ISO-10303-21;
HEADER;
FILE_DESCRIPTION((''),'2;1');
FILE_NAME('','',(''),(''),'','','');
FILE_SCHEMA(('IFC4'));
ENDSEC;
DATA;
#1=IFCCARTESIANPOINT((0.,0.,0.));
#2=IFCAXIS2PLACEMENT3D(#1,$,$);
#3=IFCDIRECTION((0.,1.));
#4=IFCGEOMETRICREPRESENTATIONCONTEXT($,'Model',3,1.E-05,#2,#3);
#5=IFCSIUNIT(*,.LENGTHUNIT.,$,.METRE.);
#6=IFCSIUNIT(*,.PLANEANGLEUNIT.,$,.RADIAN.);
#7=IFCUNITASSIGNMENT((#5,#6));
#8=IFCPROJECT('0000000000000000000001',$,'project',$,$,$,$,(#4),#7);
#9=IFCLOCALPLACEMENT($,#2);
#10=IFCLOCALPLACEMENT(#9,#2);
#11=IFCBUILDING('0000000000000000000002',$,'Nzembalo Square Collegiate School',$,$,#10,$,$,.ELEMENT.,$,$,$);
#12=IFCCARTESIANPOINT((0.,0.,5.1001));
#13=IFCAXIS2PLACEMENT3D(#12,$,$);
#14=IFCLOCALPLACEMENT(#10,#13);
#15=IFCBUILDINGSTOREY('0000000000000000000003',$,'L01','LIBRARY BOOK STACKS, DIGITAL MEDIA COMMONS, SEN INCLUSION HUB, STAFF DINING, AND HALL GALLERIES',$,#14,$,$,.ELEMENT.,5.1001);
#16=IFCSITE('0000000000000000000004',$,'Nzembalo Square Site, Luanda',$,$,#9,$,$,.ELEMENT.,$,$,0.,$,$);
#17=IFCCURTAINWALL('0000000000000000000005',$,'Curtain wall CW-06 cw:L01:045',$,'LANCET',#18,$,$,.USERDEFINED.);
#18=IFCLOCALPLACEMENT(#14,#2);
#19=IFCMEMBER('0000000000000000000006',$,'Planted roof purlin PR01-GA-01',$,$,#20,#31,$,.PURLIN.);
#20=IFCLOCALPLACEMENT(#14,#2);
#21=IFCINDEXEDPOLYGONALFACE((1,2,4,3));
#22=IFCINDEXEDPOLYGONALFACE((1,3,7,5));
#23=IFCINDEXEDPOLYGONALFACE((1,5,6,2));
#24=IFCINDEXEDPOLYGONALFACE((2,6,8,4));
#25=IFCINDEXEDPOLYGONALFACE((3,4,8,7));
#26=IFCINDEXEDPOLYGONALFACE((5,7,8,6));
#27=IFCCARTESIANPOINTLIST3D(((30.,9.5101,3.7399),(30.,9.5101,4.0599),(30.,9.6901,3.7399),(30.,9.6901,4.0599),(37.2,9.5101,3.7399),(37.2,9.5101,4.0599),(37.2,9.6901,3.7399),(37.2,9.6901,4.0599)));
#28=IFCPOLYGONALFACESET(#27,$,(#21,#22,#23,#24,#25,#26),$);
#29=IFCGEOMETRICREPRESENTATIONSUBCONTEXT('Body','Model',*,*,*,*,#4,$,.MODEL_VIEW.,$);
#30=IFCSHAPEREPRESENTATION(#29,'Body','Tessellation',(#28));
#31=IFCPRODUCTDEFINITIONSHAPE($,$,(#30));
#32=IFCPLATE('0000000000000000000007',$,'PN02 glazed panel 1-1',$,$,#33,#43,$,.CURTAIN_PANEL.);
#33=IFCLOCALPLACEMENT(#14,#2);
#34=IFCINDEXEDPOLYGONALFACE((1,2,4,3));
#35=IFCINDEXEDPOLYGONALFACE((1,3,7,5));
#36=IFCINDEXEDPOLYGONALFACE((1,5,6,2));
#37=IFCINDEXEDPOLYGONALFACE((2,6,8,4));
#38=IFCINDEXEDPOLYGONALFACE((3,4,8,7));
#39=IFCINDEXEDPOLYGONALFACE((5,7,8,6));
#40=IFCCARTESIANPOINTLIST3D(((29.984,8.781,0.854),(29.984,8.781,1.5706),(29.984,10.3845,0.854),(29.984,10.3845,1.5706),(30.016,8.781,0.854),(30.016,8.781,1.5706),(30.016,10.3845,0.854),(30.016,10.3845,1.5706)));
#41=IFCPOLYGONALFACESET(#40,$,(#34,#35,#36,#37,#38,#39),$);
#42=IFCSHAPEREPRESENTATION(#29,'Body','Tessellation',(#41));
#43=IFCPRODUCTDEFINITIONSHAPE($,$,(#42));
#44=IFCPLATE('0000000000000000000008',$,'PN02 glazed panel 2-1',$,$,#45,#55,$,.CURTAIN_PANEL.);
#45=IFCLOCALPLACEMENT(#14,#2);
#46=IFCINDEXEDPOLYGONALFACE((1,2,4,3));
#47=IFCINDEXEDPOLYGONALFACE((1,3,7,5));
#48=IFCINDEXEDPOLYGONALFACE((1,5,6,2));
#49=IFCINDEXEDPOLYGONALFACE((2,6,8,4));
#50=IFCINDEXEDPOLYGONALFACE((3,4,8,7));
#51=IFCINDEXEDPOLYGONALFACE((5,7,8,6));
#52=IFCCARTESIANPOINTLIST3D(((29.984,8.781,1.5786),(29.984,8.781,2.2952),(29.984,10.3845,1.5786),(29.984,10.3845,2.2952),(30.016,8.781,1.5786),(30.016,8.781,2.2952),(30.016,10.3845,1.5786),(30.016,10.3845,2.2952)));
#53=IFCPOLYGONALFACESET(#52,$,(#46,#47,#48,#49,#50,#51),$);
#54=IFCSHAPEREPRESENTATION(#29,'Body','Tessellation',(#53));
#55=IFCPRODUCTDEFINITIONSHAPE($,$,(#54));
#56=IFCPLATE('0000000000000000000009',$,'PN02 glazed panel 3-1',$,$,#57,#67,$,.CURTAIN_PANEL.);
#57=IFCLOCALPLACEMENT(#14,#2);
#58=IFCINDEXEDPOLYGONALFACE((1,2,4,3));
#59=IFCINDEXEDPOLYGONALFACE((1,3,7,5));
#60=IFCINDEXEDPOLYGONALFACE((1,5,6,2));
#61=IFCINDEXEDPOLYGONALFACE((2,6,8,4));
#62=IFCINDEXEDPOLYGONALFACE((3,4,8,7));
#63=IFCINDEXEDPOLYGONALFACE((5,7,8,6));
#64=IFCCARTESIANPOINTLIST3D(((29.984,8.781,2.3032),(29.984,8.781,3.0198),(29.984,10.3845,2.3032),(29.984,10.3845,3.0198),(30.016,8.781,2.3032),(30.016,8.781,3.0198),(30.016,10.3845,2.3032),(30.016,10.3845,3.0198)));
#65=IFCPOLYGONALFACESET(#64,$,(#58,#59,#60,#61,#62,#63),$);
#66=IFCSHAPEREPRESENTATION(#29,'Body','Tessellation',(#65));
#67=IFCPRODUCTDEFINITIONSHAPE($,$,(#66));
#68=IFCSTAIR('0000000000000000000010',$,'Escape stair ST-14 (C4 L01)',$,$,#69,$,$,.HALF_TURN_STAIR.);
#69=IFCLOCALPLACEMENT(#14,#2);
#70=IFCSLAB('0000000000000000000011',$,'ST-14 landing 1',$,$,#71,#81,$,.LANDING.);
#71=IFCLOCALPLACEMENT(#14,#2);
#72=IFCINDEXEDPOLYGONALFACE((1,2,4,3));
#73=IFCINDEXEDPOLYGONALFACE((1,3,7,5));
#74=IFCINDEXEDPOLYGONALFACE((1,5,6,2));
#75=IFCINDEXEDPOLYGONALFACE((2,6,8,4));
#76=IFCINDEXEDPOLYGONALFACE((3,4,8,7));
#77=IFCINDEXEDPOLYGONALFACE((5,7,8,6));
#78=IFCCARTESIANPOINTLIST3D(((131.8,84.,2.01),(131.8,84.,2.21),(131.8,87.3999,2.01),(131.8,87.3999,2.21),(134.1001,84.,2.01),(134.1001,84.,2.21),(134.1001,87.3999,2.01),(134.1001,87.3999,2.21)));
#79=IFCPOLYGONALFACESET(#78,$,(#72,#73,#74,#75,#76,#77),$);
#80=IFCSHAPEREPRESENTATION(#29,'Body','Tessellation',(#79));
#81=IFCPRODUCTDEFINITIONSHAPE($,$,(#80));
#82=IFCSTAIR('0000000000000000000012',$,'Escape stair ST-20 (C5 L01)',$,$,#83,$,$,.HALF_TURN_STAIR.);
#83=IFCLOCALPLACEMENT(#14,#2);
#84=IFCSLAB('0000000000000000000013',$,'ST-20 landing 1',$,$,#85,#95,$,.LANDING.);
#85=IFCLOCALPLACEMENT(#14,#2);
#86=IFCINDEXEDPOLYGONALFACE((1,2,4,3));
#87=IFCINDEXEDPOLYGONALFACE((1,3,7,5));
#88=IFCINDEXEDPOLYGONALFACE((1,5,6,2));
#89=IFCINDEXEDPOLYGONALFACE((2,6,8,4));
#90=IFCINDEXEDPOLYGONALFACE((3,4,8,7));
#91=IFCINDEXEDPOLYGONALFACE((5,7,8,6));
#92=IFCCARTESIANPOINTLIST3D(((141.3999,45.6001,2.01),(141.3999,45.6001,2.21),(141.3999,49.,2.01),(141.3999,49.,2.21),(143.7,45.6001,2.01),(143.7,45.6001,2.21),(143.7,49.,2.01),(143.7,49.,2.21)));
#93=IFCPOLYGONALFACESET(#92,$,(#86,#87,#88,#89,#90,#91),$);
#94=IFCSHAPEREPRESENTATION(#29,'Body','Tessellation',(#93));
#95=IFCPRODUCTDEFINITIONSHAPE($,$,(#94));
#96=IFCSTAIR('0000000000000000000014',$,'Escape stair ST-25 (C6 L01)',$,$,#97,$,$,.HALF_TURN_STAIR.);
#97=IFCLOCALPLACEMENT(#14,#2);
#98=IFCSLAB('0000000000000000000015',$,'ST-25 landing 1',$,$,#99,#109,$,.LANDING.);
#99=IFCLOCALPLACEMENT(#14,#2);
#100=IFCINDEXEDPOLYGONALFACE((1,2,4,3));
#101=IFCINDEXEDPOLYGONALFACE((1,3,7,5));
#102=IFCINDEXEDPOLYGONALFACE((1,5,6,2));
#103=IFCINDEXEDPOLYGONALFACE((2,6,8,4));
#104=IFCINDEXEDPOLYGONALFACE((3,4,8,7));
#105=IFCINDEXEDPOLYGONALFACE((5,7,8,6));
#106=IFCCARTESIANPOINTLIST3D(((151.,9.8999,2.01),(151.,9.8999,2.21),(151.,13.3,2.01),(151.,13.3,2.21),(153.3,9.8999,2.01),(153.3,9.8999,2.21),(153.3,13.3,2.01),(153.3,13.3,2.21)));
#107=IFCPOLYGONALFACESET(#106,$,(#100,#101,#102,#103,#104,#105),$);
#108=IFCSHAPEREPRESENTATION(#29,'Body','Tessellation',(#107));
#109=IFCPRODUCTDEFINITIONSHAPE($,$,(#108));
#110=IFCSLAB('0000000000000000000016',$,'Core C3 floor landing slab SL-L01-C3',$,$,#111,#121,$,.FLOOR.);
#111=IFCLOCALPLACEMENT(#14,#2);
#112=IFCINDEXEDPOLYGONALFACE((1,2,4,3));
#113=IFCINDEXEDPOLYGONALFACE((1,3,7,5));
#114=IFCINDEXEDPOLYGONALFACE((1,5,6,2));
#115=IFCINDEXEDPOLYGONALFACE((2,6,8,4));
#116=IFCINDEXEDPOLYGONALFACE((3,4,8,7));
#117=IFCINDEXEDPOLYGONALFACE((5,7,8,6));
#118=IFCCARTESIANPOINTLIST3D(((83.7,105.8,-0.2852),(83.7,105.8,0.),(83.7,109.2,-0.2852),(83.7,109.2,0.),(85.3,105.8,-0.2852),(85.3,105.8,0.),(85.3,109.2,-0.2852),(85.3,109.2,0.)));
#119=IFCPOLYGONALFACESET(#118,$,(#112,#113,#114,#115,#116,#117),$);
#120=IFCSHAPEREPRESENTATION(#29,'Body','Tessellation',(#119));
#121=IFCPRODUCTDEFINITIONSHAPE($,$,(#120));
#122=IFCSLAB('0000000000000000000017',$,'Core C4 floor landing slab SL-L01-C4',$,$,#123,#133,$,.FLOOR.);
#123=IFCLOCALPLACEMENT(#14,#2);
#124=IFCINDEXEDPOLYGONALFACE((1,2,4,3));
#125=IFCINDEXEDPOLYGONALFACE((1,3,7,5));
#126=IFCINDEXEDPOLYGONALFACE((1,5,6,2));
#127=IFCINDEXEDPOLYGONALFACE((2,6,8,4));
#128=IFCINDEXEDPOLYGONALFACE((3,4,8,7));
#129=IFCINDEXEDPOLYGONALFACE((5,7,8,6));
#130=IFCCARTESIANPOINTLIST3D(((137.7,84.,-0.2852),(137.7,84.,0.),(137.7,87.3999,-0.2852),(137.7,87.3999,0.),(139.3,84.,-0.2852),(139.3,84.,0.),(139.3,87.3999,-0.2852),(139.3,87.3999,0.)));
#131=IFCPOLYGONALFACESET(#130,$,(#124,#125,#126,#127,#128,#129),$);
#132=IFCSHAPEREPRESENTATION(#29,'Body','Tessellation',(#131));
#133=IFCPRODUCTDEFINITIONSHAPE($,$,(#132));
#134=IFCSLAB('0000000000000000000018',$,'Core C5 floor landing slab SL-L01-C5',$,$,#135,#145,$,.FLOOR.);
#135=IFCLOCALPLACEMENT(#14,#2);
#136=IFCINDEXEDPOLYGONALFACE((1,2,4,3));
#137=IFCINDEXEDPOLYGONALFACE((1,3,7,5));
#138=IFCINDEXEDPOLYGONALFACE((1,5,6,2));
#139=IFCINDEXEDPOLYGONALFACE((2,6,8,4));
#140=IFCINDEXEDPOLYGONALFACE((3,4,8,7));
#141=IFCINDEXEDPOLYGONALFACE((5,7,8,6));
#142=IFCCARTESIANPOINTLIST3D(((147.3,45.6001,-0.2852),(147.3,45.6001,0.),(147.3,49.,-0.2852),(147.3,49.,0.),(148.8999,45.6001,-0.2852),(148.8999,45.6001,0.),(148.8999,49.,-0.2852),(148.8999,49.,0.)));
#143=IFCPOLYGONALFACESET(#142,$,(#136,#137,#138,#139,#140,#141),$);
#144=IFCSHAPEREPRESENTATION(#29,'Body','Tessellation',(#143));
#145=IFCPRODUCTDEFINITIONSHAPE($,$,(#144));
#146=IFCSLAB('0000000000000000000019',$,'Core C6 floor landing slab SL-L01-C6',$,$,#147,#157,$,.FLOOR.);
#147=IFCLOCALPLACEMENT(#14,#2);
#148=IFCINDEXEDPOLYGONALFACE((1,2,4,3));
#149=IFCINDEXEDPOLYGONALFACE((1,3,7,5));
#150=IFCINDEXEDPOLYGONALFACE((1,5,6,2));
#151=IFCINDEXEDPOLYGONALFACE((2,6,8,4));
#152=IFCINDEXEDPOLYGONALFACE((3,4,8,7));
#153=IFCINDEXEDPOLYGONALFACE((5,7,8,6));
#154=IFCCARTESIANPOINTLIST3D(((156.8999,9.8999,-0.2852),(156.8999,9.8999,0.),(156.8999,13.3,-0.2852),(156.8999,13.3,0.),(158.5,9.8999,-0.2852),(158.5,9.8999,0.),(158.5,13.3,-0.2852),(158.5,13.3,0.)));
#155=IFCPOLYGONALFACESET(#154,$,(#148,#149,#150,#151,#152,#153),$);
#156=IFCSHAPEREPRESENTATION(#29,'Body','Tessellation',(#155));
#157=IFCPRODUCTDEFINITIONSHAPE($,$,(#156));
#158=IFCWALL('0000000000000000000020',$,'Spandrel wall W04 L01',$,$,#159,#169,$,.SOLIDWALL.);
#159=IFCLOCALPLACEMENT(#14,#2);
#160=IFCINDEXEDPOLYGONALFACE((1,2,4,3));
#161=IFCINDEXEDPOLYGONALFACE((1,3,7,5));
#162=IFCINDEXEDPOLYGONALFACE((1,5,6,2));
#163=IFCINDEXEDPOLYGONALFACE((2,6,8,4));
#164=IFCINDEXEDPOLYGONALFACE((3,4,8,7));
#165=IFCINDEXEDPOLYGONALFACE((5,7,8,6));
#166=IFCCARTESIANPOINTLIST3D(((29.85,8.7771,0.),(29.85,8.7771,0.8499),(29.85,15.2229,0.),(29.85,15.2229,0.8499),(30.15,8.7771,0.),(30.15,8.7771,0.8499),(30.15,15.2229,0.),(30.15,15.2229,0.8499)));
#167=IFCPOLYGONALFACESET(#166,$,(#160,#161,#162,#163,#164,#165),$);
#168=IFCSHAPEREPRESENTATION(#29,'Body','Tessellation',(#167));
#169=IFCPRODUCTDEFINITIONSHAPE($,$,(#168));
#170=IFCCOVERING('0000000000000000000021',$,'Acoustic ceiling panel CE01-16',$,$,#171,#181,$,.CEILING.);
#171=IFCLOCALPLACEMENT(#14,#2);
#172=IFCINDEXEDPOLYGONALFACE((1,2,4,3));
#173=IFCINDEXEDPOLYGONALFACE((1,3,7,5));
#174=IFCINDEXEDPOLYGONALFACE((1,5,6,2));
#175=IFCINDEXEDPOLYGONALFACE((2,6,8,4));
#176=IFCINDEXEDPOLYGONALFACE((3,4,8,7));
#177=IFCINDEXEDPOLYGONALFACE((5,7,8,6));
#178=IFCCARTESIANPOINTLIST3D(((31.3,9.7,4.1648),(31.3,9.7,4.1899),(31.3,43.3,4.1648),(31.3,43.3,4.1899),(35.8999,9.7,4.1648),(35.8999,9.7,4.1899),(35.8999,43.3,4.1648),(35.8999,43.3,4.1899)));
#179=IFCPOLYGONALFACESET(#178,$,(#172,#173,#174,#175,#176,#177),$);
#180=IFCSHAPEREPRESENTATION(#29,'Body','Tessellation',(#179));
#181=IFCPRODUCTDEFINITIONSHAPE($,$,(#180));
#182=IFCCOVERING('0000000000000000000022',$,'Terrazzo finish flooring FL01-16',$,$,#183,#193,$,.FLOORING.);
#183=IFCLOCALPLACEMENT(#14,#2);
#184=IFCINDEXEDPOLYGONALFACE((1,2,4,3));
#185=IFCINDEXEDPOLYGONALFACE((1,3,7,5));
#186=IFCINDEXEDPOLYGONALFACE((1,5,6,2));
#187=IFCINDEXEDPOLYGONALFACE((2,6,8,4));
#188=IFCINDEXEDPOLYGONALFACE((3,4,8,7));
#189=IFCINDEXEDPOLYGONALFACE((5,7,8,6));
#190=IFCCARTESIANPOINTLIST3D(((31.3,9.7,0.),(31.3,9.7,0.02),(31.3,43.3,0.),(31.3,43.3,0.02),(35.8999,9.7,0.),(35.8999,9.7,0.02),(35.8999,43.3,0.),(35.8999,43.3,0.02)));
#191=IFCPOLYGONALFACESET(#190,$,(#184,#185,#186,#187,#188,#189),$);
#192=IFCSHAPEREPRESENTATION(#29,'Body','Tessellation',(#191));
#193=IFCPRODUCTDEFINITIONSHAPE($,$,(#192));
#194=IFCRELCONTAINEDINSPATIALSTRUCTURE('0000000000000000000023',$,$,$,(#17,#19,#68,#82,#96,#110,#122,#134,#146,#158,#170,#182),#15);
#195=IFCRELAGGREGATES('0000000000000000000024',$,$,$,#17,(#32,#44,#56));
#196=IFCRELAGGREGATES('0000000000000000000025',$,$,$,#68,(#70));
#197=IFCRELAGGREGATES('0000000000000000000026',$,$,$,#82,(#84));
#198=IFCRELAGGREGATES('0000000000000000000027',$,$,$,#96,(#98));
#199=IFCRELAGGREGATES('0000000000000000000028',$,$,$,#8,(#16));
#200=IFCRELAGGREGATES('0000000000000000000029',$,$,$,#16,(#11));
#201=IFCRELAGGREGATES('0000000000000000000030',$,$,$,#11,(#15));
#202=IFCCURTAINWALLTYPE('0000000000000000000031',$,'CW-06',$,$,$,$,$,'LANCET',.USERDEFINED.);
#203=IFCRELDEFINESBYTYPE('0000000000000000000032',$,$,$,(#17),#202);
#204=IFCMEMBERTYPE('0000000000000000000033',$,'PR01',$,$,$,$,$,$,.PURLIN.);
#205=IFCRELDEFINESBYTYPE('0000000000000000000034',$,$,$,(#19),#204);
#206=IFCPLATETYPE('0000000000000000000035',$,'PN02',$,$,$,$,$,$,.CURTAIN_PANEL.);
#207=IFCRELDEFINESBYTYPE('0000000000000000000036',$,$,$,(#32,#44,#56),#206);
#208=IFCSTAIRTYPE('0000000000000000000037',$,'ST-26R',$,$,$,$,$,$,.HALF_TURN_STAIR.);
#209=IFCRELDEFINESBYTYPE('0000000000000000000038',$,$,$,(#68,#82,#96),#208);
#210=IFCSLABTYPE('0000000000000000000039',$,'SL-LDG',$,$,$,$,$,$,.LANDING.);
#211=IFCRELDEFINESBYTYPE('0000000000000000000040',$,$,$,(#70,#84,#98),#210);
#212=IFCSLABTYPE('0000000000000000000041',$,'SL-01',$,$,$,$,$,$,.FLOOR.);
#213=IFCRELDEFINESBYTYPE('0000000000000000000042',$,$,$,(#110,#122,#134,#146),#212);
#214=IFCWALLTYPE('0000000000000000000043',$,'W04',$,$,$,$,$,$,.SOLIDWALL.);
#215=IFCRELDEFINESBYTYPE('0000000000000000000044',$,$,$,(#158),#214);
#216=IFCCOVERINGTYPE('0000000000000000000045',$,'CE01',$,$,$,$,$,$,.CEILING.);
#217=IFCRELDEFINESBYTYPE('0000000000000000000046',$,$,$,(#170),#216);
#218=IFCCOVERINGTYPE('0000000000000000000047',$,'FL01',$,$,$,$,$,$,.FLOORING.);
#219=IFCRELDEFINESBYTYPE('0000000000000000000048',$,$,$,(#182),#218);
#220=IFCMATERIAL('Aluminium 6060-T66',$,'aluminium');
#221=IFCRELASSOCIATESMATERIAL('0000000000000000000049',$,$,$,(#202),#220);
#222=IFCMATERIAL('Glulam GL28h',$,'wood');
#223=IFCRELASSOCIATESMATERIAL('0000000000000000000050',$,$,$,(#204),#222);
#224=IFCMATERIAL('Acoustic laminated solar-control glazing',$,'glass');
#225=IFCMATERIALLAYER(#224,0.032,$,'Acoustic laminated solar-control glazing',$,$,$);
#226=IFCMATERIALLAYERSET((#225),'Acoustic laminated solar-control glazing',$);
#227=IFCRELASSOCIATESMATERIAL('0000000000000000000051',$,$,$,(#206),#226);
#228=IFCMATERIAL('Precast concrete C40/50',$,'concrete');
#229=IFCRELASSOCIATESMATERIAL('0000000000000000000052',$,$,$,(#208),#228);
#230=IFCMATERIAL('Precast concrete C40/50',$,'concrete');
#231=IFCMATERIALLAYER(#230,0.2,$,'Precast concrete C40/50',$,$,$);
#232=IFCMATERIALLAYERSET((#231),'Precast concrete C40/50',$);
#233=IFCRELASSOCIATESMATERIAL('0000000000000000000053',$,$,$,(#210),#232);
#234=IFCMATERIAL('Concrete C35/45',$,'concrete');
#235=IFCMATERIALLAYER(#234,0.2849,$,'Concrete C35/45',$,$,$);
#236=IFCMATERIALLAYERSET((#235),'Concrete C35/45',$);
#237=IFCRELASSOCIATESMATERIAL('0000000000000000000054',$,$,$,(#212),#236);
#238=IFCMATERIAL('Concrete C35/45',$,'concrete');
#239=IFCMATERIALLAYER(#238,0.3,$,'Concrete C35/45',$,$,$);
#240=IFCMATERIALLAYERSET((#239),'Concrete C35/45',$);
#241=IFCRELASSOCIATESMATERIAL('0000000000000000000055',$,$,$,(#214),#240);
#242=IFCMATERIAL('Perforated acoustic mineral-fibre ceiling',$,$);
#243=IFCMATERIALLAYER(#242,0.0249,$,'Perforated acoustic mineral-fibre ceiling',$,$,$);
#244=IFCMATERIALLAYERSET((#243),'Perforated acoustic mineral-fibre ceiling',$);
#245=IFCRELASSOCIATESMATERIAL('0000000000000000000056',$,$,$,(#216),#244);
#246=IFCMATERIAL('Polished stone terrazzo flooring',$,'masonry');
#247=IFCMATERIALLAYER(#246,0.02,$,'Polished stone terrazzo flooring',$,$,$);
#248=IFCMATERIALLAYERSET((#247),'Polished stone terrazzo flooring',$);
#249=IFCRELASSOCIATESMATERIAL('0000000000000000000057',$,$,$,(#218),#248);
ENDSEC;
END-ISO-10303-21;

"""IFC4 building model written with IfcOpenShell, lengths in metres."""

from ifc_helpers import new_model, si_unit, direction, frame, frame_2d, origin, origin_2d, place, context, subcontext, project, spatial, polyline, rectangle, outline, extrude, material, layer, layer_set, material_profile, profile_set, type_object, element, aggregate, save


model = new_model("IFC4")

# Units and contexts
model_context = context("Model", 3, precision=1e-05, world=origin(), true_north=direction((0.0, 1.0)))
body_context = subcontext(model_context, "Body", "Model", "MODEL_VIEW")
ifc_project = project(units=[si_unit("LENGTHUNIT", "METRE"), si_unit("PLANEANGLEUNIT", "RADIAN")], contexts=[model_context])

# Site, building, storey
site_placement = place(None, origin())
site = spatial("IfcSite", under=ifc_project, at=site_placement, Name="Nzembalo Square Site, Luanda", CompositionType="ELEMENT", RefElevation=0.0)
building_placement = place(site_placement, origin())
building = spatial("IfcBuilding", under=site, at=building_placement, Name="Nzembalo Square Collegiate School", CompositionType="ELEMENT")
storey_placement = place(building_placement, frame((0.0, 0.0, 5.1001)))
storey = spatial("IfcBuildingStorey", under=building, at=storey_placement, Name="L01", Description="LIBRARY BOOK STACKS, DIGITAL MEDIA COMMONS, SEN INCLUSION HUB, STAFF DINING, AND HALL GALLERIES", CompositionType="ELEMENT", Elevation=5.1001)

# Curtain wall
ifc_material_1 = material(Name="Aluminium 6060-T66", Category="aluminium")
curtain_wall_type = type_object("IfcCurtainWallType", Name="CW-06", ElementType="LANCET", PredefinedType="USERDEFINED", material=ifc_material_1)
curtain_wall_placement = place(storey_placement, origin())
curtain_wall = element("IfcCurtainWall", 1, at=curtain_wall_placement, inside=storey, type_object=curtain_wall_type, Name="Curtain wall CW-06 cw:L01:045", ObjectType="LANCET", PredefinedType="USERDEFINED")

# Member
ifc_material_2 = material(Name="Glulam GL28h", Category="wood")
ifc_material_profile_1 = material_profile(ifc_material_2, rectangle(XDim=0.1799, YDim=0.3201, at=origin_2d()), Name="GL28h 180x320")
ifc_profile_set_1 = profile_set([ifc_material_profile_1], Name="Glulam GL28h")
member_type_1 = type_object("IfcMemberType", Name="PR01", PredefinedType="PURLIN", material=ifc_profile_set_1)
member_1_placement = place(storey_placement, frame((30.0, 9.6001, 3.8999), z_axis=(1.0, 0.0, 0.0), x_axis=(0.0, 1.0, 0.0)))
element("IfcMember", 2, at=member_1_placement, inside=storey, type_object=member_type_1, Name="Planted roof purlin PR01-GA-01", PredefinedType="PURLIN", context=body_context, shape_type="SweptSolid", body=[
    extrude(rectangle(XDim=0.1799, YDim=0.3201, at=origin_2d()), origin(), (0.0, 0.0, 1.0), 7.2),
])

# Plates
ifc_material_3 = material(Name="Acoustic laminated solar-control glazing", Category="glass")
ifc_layer_1 = layer(ifc_material_3, 0.032, Name="Acoustic laminated solar-control glazing")
ifc_layer_set_1 = layer_set([ifc_layer_1], Name="Acoustic laminated solar-control glazing")
plate_type = type_object("IfcPlateType", Name="PN02", PredefinedType="CURTAIN_PANEL", material=ifc_layer_set_1)
plate_1_placement = place(storey_placement, frame((30.0, 9.5828, 0.854), z_axis=(0.0, 0.0, 1.0), x_axis=(0.0, 1.0, 0.0)))
plate_1 = element("IfcPlate", 3, at=plate_1_placement, type_object=plate_type, Name="PN02 glazed panel 1-1", PredefinedType="CURTAIN_PANEL", context=body_context, shape_type="SweptSolid", body=[
    extrude(rectangle(XDim=1.6035, YDim=0.032, at=origin_2d()), origin(), (0.0, 0.0, 1.0), 0.7166),
])
plate_2_placement = place(storey_placement, frame((30.0, 9.5828, 1.5786), z_axis=(0.0, 0.0, 1.0), x_axis=(0.0, 1.0, 0.0)))
plate_2 = element("IfcPlate", 4, at=plate_2_placement, type_object=plate_type, Name="PN02 glazed panel 2-1", PredefinedType="CURTAIN_PANEL", context=body_context, shape_type="SweptSolid", body=[
    extrude(rectangle(XDim=1.6035, YDim=0.032, at=origin_2d()), origin(), (0.0, 0.0, 1.0), 0.7166),
])
plate_3_placement = place(storey_placement, frame((30.0, 9.5828, 2.3032), z_axis=(0.0, 0.0, 1.0), x_axis=(0.0, 1.0, 0.0)))
plate_3 = element("IfcPlate", 5, at=plate_3_placement, type_object=plate_type, Name="PN02 glazed panel 3-1", PredefinedType="CURTAIN_PANEL", context=body_context, shape_type="SweptSolid", body=[
    extrude(rectangle(XDim=1.6035, YDim=0.032, at=origin_2d()), origin(), (0.0, 0.0, 1.0), 0.7166),
])
aggregate(curtain_wall, [plate_1, plate_2, plate_3])

# Stairs, slabs
ifc_material_4 = material(Name="Precast concrete C40/50", Category="concrete")
stair_type = type_object("IfcStairType", Name="ST-26R", PredefinedType="HALF_TURN_STAIR", material=ifc_material_4)
stair_1_placement = place(storey_placement, origin())
stair_1 = element("IfcStair", 6, at=stair_1_placement, inside=storey, type_object=stair_type, Name="Escape stair ST-14 (C4 L01)", PredefinedType="HALF_TURN_STAIR")
ifc_material_5 = material(Name="Precast concrete C40/50", Category="concrete")
ifc_layer_2 = layer(ifc_material_5, 0.2, Name="Precast concrete C40/50")
ifc_layer_set_2 = layer_set([ifc_layer_2], Name="Precast concrete C40/50")
slab_type_1 = type_object("IfcSlabType", Name="SL-LDG", PredefinedType="LANDING", material=ifc_layer_set_2)
slab_1_placement = place(storey_placement, frame((0.0, 0.0, 2.01)))
slab_1 = element("IfcSlab", 7, at=slab_1_placement, type_object=slab_type_1, Name="ST-14 landing 1", PredefinedType="LANDING", context=body_context, shape_type="SweptSolid", body=[
    extrude(outline(polyline([(134.1001, 87.3999), (131.8, 87.3999), (131.8, 84.0), (134.1001, 84.0), (134.1001, 87.3999)])), origin(), (0.0, 0.0, 1.0), 0.2),
])
aggregate(stair_1, [slab_1])
stair_2_placement = place(storey_placement, origin())
stair_2 = element("IfcStair", 8, at=stair_2_placement, inside=storey, type_object=stair_type, Name="Escape stair ST-20 (C5 L01)", PredefinedType="HALF_TURN_STAIR")
slab_2_placement = place(storey_placement, frame((0.0, 0.0, 2.01)))
slab_2 = element("IfcSlab", 9, at=slab_2_placement, type_object=slab_type_1, Name="ST-20 landing 1", PredefinedType="LANDING", context=body_context, shape_type="SweptSolid", body=[
    extrude(outline(polyline([(143.7, 49.0), (141.3999, 49.0), (141.3999, 45.6001), (143.7, 45.6001), (143.7, 49.0)])), origin(), (0.0, 0.0, 1.0), 0.2),
])
aggregate(stair_2, [slab_2])
stair_3_placement = place(storey_placement, origin())
stair_3 = element("IfcStair", 10, at=stair_3_placement, inside=storey, type_object=stair_type, Name="Escape stair ST-25 (C6 L01)", PredefinedType="HALF_TURN_STAIR")
slab_3_placement = place(storey_placement, frame((0.0, 0.0, 2.01)))
slab_3 = element("IfcSlab", 11, at=slab_3_placement, type_object=slab_type_1, Name="ST-25 landing 1", PredefinedType="LANDING", context=body_context, shape_type="SweptSolid", body=[
    extrude(outline(polyline([(153.3, 13.3), (151.0, 13.3), (151.0, 9.8999), (153.3, 9.8999), (153.3, 13.3)])), origin(), (0.0, 0.0, 1.0), 0.2),
])
aggregate(stair_3, [slab_3])

# Slabs
ifc_material_6 = material(Name="Concrete C35/45", Category="concrete")
ifc_layer_3 = layer(ifc_material_6, 0.2849, Name="Concrete C35/45")
ifc_layer_set_3 = layer_set([ifc_layer_3], Name="Concrete C35/45")
slab_type_2 = type_object("IfcSlabType", Name="SL-01", PredefinedType="FLOOR", material=ifc_layer_set_3)
slab_4_placement = place(storey_placement, frame((0.0, 0.0, -0.2852)))
element("IfcSlab", 12, at=slab_4_placement, inside=storey, type_object=slab_type_2, Name="Core C3 floor landing slab SL-L01-C3", PredefinedType="FLOOR", context=body_context, shape_type="SweptSolid", body=[
    extrude(outline(polyline([(83.7, 105.8), (85.3, 105.8), (85.3, 109.2), (83.7, 109.2), (83.7, 105.8)])), origin(), (0.0, 0.0, 1.0), 0.2852),
])
slab_5_placement = place(storey_placement, frame((0.0, 0.0, -0.2852)))
element("IfcSlab", 13, at=slab_5_placement, inside=storey, type_object=slab_type_2, Name="Core C4 floor landing slab SL-L01-C4", PredefinedType="FLOOR", context=body_context, shape_type="SweptSolid", body=[
    extrude(outline(polyline([(137.7, 84.0), (139.3, 84.0), (139.3, 87.3999), (137.7, 87.3999), (137.7, 84.0)])), origin(), (0.0, 0.0, 1.0), 0.2852),
])
slab_6_placement = place(storey_placement, frame((0.0, 0.0, -0.2852)))
element("IfcSlab", 14, at=slab_6_placement, inside=storey, type_object=slab_type_2, Name="Core C5 floor landing slab SL-L01-C5", PredefinedType="FLOOR", context=body_context, shape_type="SweptSolid", body=[
    extrude(outline(polyline([(147.3, 45.6001), (148.8999, 45.6001), (148.8999, 49.0), (147.3, 49.0), (147.3, 45.6001)])), origin(), (0.0, 0.0, 1.0), 0.2852),
])
slab_7_placement = place(storey_placement, frame((0.0, 0.0, -0.2852)))
element("IfcSlab", 15, at=slab_7_placement, inside=storey, type_object=slab_type_2, Name="Core C6 floor landing slab SL-L01-C6", PredefinedType="FLOOR", context=body_context, shape_type="SweptSolid", body=[
    extrude(outline(polyline([(156.8999, 9.8999), (158.5, 9.8999), (158.5, 13.3), (156.8999, 13.3), (156.8999, 9.8999)])), origin(), (0.0, 0.0, 1.0), 0.2852),
])

# Wall
ifc_material_7 = material(Name="Concrete C35/45", Category="concrete")
ifc_layer_4 = layer(ifc_material_7, 0.3, Name="Concrete C35/45")
ifc_layer_set_4 = layer_set([ifc_layer_4], Name="Concrete C35/45")
wall_type = type_object("IfcWallType", Name="W04", PredefinedType="SOLIDWALL", material=ifc_layer_set_4)
wall_placement = place(storey_placement, frame((30.0, 8.7771, 0.0), z_axis=(0.0, 0.0, 1.0), x_axis=(0.0, 1.0, 0.0)))
element("IfcWall", 16, at=wall_placement, inside=storey, type_object=wall_type, Name="Spandrel wall W04 L01", PredefinedType="SOLIDWALL", context=body_context, shape_type="SweptSolid", body=[
    extrude(rectangle(XDim=6.4458, YDim=0.3, at=frame_2d((3.2229, 0.0))), origin(), (0.0, 0.0, 1.0), 0.8499),
])

# Coverings
ifc_material_8 = material(Name="Perforated acoustic mineral-fibre ceiling")
ifc_layer_5 = layer(ifc_material_8, 0.0249, Name="Perforated acoustic mineral-fibre ceiling")
ifc_layer_set_5 = layer_set([ifc_layer_5], Name="Perforated acoustic mineral-fibre ceiling")
covering_type_1 = type_object("IfcCoveringType", Name="CE01", PredefinedType="CEILING", material=ifc_layer_set_5)
covering_1_placement = place(storey_placement, frame((0.0, 0.0, 4.1648)))
element("IfcCovering", 17, at=covering_1_placement, inside=storey, type_object=covering_type_1, Name="Acoustic ceiling panel CE01-16", PredefinedType="CEILING", context=body_context, shape_type="SweptSolid", body=[
    extrude(outline(polyline([(31.3, 9.7), (35.8999, 9.7), (35.8999, 43.3), (31.3, 43.3), (31.3, 9.7)])), origin(), (0.0, 0.0, 1.0), 0.0251),
])
ifc_material_9 = material(Name="Polished stone terrazzo flooring", Category="masonry")
ifc_layer_6 = layer(ifc_material_9, 0.02, Name="Polished stone terrazzo flooring")
ifc_layer_set_6 = layer_set([ifc_layer_6], Name="Polished stone terrazzo flooring")
covering_type_2 = type_object("IfcCoveringType", Name="FL01", PredefinedType="FLOORING", material=ifc_layer_set_6)
covering_2_placement = place(storey_placement, origin())
element("IfcCovering", 18, at=covering_2_placement, inside=storey, type_object=covering_type_2, Name="Terrazzo finish flooring FL01-16", PredefinedType="FLOORING", context=body_context, shape_type="SweptSolid", body=[
    extrude(outline(polyline([(31.3, 9.7), (35.8999, 9.7), (35.8999, 43.3), (31.3, 43.3), (31.3, 9.7)])), origin(), (0.0, 0.0, 1.0), 0.02),
])

save(model, "model.ifc")
